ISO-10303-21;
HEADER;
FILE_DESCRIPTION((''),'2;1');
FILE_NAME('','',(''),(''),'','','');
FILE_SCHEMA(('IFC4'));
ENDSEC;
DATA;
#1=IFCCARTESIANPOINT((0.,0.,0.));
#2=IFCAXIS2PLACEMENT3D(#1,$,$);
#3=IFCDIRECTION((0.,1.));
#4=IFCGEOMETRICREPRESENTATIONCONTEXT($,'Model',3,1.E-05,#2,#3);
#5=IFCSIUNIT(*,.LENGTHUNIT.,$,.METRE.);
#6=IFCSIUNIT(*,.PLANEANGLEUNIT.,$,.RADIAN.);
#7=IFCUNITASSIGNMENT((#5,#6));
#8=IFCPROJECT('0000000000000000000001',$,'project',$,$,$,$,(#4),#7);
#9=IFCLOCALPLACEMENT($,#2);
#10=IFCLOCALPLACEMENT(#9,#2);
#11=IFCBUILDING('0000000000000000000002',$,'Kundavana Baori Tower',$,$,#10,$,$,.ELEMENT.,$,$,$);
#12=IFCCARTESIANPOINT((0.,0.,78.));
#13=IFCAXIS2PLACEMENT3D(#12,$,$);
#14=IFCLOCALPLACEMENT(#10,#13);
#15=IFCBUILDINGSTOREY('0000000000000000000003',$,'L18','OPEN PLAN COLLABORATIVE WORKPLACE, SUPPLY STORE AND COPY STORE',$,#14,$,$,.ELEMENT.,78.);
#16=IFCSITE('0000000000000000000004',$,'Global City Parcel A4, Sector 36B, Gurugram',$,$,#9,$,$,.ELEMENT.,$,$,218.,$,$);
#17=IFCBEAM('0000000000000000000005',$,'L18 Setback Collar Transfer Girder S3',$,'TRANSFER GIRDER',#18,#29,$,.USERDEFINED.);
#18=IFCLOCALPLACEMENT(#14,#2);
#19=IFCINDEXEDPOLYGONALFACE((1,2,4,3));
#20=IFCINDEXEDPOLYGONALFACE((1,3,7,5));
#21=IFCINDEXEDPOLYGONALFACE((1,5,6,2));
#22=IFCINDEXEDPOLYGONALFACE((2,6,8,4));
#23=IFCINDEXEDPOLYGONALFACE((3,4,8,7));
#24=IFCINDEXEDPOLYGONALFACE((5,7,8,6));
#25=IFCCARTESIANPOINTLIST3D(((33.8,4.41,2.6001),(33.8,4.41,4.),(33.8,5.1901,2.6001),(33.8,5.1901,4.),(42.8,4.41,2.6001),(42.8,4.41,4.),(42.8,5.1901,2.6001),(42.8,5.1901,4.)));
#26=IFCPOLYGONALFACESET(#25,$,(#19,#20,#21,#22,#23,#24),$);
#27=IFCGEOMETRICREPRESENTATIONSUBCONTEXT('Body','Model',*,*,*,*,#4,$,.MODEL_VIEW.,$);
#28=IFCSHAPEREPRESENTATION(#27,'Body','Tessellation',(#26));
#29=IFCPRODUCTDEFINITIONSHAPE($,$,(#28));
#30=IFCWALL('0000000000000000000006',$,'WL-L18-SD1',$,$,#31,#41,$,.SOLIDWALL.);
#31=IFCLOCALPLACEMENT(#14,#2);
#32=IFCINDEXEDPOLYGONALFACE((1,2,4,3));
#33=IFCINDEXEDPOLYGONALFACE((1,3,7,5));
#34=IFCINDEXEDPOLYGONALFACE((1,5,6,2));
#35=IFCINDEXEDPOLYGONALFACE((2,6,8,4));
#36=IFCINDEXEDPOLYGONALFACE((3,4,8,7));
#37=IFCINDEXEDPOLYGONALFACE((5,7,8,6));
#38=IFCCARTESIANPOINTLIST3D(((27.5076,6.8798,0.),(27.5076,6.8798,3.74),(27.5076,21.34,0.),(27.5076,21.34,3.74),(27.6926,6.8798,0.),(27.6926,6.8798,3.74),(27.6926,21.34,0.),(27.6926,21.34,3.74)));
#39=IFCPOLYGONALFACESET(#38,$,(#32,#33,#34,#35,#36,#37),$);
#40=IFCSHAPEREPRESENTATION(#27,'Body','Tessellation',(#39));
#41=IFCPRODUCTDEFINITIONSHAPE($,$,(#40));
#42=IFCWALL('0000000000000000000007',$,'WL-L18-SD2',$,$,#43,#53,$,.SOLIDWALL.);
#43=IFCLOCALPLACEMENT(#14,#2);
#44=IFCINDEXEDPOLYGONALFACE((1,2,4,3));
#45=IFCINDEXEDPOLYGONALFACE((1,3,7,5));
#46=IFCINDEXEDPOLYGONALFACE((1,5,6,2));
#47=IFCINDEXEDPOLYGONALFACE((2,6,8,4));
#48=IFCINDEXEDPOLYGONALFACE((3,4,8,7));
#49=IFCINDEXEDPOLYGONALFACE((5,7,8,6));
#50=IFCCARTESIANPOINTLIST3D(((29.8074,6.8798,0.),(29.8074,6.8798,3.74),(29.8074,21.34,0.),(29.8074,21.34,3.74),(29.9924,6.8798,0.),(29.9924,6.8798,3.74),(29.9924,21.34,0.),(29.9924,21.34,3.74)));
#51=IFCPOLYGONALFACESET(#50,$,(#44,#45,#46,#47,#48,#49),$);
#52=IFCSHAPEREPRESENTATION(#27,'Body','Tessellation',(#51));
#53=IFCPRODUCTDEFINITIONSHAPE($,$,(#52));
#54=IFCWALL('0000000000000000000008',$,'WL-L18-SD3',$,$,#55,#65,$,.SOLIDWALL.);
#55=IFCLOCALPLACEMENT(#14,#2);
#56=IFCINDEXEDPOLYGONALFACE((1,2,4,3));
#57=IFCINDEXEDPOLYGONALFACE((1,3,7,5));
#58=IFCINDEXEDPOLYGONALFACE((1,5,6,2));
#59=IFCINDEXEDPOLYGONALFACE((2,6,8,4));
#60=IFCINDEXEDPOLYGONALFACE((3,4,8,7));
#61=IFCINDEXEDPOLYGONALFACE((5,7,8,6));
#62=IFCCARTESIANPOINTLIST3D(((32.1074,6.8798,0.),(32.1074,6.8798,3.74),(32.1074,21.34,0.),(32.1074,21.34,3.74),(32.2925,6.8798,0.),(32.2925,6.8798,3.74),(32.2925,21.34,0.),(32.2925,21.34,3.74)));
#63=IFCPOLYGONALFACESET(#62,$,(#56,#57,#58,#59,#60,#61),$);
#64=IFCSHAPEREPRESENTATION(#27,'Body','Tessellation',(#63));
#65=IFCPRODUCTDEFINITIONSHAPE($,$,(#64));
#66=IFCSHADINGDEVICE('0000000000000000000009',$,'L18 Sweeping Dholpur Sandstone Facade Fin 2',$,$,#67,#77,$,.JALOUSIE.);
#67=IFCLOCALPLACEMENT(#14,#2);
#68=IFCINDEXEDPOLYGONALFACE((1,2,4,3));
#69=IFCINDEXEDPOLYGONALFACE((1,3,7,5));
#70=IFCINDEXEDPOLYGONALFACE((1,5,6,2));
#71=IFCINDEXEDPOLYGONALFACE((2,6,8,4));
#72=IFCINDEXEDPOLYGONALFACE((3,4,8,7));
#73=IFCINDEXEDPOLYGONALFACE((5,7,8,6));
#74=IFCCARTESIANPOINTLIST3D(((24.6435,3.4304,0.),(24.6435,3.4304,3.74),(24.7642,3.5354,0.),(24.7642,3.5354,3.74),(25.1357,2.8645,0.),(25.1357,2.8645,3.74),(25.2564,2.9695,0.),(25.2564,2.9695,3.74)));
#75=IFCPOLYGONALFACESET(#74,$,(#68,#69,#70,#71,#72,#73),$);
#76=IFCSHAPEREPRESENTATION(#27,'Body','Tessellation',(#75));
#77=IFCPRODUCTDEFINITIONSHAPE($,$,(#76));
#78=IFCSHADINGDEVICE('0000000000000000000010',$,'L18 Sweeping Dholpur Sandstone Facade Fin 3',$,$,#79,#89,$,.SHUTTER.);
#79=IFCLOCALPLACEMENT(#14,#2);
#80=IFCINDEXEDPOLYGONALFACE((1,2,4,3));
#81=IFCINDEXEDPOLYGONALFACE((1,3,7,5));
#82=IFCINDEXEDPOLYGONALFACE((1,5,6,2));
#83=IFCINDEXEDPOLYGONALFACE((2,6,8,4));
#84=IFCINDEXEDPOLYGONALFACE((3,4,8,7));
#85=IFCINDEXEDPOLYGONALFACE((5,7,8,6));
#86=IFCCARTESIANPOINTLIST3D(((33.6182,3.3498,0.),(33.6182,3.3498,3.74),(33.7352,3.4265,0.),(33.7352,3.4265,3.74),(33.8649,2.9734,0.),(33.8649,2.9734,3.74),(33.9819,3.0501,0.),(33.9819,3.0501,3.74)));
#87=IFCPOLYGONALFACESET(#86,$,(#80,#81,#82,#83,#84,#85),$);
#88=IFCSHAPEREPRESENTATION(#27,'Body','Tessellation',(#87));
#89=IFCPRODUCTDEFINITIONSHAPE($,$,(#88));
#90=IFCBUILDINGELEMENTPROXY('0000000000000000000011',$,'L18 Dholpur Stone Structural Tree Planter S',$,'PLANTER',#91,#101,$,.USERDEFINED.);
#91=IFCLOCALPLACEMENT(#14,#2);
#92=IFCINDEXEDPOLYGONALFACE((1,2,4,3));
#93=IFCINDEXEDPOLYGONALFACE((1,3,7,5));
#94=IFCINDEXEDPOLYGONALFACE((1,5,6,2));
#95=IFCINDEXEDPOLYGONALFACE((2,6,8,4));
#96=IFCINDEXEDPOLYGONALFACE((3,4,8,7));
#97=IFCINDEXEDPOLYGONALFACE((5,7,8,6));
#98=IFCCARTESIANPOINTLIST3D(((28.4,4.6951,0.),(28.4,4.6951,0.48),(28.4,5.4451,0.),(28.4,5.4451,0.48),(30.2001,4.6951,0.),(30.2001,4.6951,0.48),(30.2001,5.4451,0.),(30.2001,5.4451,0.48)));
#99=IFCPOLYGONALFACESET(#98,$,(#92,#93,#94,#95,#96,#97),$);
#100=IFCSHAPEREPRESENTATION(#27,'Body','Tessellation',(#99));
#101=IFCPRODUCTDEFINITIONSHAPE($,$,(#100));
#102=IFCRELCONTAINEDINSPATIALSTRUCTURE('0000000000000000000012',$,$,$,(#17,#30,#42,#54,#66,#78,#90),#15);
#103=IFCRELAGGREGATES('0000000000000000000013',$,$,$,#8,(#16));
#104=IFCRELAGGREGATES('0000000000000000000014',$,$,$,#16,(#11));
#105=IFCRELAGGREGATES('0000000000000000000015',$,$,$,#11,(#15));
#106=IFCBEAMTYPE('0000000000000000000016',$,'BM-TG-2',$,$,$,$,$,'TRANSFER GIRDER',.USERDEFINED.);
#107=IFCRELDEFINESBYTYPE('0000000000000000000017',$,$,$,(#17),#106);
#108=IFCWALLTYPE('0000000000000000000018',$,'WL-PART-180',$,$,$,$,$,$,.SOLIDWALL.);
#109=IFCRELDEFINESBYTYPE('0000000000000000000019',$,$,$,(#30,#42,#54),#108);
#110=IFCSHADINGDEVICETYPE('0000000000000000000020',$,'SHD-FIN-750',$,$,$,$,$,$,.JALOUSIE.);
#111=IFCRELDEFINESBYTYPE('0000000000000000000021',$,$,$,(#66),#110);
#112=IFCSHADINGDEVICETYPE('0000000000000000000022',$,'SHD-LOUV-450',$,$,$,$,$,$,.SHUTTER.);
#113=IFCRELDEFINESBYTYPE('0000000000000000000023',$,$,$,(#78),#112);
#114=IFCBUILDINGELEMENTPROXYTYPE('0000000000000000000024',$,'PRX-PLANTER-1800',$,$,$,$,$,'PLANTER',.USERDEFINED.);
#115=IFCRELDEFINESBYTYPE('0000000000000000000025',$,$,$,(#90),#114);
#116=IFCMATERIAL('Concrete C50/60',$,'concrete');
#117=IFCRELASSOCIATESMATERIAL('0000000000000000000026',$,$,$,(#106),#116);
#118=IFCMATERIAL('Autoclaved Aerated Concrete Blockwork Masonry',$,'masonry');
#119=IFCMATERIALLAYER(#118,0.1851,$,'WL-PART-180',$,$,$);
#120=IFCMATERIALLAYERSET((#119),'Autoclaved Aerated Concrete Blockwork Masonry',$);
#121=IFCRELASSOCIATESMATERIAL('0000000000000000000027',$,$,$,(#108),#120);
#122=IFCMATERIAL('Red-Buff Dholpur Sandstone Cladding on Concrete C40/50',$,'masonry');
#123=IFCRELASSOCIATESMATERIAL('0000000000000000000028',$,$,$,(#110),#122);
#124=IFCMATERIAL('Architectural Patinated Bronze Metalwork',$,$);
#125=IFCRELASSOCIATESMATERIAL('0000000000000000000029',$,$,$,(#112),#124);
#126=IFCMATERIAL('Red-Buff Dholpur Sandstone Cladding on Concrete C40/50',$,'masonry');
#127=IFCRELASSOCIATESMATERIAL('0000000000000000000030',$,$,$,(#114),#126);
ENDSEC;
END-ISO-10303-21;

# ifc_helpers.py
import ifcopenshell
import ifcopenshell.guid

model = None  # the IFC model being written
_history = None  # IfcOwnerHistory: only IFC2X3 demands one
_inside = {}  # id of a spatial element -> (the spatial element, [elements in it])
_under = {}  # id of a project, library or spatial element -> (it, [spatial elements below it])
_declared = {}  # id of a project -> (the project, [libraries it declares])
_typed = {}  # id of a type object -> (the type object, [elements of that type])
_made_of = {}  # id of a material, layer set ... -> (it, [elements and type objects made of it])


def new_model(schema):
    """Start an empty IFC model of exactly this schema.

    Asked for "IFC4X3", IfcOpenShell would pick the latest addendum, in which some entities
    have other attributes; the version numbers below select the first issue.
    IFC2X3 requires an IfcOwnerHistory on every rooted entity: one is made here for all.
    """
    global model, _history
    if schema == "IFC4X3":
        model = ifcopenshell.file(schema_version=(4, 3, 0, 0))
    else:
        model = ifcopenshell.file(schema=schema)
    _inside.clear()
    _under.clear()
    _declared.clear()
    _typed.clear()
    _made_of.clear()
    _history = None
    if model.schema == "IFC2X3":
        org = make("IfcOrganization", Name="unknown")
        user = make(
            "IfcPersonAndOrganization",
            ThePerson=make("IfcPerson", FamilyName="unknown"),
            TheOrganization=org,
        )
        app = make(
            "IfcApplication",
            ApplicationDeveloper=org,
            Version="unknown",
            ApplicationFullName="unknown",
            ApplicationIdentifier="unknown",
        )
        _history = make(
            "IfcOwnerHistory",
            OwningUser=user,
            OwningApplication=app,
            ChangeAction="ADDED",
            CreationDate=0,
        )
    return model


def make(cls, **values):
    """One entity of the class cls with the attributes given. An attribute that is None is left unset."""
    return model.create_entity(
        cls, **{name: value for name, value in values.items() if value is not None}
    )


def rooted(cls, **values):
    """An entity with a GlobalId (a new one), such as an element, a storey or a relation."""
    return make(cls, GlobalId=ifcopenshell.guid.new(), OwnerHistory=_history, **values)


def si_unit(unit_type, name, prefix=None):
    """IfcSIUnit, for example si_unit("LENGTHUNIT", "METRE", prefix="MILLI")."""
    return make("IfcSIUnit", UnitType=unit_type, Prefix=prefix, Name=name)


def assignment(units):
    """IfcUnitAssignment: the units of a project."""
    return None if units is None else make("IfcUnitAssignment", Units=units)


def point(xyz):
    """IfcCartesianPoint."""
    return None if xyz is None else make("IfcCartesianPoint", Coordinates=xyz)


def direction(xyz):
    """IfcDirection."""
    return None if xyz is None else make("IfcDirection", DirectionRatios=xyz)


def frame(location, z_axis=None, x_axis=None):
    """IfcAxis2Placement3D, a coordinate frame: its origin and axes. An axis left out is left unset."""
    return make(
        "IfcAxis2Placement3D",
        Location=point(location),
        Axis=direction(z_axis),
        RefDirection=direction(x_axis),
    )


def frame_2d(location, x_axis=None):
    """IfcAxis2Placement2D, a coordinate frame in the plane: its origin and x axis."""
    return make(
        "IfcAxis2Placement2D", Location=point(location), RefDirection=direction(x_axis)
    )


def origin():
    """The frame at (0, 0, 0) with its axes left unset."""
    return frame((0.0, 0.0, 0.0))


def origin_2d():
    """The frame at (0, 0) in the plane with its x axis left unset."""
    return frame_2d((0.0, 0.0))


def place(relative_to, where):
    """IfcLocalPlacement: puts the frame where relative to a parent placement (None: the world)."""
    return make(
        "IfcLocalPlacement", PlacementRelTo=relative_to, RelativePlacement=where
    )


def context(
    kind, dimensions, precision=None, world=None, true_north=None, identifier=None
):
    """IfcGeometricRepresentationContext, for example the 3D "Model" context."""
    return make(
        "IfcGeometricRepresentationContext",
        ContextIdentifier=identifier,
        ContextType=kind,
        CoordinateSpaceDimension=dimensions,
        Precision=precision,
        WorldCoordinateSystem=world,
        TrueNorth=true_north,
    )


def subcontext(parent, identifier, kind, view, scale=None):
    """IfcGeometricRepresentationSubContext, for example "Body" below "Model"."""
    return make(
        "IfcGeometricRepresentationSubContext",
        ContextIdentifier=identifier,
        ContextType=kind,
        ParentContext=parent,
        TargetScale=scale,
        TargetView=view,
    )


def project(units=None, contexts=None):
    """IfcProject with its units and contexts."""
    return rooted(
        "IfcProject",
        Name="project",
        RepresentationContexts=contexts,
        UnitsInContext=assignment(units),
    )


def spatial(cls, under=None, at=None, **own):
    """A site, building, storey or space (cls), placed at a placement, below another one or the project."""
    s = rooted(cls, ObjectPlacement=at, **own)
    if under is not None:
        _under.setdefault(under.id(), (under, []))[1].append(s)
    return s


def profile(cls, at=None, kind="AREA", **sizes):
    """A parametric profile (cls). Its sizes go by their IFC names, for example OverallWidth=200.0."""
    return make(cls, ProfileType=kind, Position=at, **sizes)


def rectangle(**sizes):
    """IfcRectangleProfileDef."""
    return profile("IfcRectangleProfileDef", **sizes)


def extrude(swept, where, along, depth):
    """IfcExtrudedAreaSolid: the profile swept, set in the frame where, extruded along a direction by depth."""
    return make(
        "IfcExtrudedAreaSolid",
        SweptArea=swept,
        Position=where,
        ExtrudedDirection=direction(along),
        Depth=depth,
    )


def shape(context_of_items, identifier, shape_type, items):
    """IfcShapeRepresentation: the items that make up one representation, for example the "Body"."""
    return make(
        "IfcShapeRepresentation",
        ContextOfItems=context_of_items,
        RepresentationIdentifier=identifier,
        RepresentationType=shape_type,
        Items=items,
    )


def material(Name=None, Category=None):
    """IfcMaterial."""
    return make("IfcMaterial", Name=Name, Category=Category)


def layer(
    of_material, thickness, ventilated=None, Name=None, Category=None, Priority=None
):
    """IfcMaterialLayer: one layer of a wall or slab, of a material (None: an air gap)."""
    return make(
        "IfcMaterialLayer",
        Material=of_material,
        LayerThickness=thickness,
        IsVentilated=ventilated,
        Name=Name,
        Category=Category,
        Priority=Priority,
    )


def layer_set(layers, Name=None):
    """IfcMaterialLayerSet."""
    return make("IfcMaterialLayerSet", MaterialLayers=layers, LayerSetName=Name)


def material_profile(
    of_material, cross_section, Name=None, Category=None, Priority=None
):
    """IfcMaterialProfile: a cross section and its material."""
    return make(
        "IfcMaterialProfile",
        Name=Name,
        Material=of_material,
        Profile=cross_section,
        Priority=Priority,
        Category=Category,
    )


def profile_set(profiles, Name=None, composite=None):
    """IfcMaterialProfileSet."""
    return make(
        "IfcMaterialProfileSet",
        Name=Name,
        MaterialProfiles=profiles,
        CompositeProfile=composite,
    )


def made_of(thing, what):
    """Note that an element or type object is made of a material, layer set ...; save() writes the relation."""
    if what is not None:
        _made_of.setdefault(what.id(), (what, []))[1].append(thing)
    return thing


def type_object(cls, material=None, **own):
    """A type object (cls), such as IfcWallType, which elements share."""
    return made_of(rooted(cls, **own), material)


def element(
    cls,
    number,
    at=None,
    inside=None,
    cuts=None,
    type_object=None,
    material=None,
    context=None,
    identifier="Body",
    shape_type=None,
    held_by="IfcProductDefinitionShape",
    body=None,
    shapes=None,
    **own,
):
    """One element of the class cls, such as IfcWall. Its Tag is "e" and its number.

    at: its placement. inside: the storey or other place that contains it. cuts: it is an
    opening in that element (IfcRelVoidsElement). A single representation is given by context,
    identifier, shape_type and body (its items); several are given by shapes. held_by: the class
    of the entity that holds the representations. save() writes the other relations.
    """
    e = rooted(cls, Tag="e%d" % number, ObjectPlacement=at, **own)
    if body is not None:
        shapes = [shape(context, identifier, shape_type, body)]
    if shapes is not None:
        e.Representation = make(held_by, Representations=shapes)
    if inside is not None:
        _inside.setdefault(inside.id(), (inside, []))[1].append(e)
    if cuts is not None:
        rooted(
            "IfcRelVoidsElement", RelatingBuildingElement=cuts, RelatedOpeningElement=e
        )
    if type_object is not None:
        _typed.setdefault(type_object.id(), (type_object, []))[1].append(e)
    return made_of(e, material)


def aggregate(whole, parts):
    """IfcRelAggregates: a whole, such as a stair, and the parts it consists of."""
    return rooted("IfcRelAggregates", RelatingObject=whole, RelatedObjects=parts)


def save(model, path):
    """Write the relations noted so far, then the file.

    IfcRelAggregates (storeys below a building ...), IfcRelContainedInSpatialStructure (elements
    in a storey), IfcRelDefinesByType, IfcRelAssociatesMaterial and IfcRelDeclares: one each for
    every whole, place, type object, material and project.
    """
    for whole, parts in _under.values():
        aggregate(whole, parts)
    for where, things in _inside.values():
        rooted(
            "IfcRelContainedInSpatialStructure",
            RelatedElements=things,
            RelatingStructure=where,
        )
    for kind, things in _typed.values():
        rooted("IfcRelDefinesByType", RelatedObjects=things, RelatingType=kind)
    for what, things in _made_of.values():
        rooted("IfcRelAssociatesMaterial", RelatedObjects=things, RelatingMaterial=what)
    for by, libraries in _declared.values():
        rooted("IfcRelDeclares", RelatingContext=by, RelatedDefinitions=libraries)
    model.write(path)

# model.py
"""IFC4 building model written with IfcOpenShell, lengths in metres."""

from ifc_helpers import new_model, si_unit, direction, frame, frame_2d, origin, origin_2d, place, context, subcontext, project, spatial, rectangle, extrude, material, layer, layer_set, material_profile, profile_set, type_object, element, save


model = new_model("IFC4")

# Units and contexts
model_context = context("Model", 3, precision=1e-05, world=origin(), true_north=direction((0.0, 1.0)))
body_context = subcontext(model_context, "Body", "Model", "MODEL_VIEW")
ifc_project = project(units=[si_unit("LENGTHUNIT", "METRE"), si_unit("PLANEANGLEUNIT", "RADIAN")], contexts=[model_context])

# Site, building, storey
site_placement = place(None, origin())
site = spatial("IfcSite", under=ifc_project, at=site_placement, Name="Global City Parcel A4, Sector 36B, Gurugram", CompositionType="ELEMENT", RefElevation=218.0)
building_placement = place(site_placement, origin())
building = spatial("IfcBuilding", under=site, at=building_placement, Name="Kundavana Baori Tower", CompositionType="ELEMENT")
storey_placement = place(building_placement, frame((0.0, 0.0, 78.0)))
storey = spatial("IfcBuildingStorey", under=building, at=storey_placement, Name="L18", Description="OPEN PLAN COLLABORATIVE WORKPLACE, SUPPLY STORE AND COPY STORE", CompositionType="ELEMENT", Elevation=78.0)

# Beam
ifc_material_1 = material(Name="Concrete C50/60", Category="concrete")
ifc_material_profile_1 = material_profile(ifc_material_1, rectangle(XDim=0.78, YDim=1.3999, at=origin_2d()), Name="BM-TG-2")
ifc_profile_set_1 = profile_set([ifc_material_profile_1], Name="Concrete C50/60")
beam_type_1 = type_object("IfcBeamType", Name="BM-TG-2", ElementType="TRANSFER GIRDER", PredefinedType="USERDEFINED", material=ifc_profile_set_1)
beam_1_placement = place(storey_placement, frame((33.8, 4.8, 3.3), z_axis=(1.0, 0.0, 0.0), x_axis=(0.0, 1.0, 0.0)))
element("IfcBeam", 1, at=beam_1_placement, inside=storey, type_object=beam_type_1, Name="L18 Setback Collar Transfer Girder S3", ObjectType="TRANSFER GIRDER", PredefinedType="USERDEFINED", context=body_context, shape_type="SweptSolid", body=[
    extrude(rectangle(XDim=0.78, YDim=1.3999, at=origin_2d()), origin(), (0.0, 0.0, 1.0), 9.0),
])

# Walls
ifc_material_2 = material(Name="Autoclaved Aerated Concrete Blockwork Masonry", Category="masonry")
ifc_layer = layer(ifc_material_2, 0.1851, Name="WL-PART-180")
ifc_layer_set = layer_set([ifc_layer], Name="Autoclaved Aerated Concrete Blockwork Masonry")
wall_type = type_object("IfcWallType", Name="WL-PART-180", PredefinedType="SOLIDWALL", material=ifc_layer_set)
for number, where, z_axis, x_axis, name in (
    (2, (27.6001, 6.8799, 0.0), (0.0, 0.0, 1.0), (0.0, 1.0, 0.0), "WL-L18-SD1"),
    (3, (29.8999, 6.8799, 0.0), (0.0, 0.0, 1.0), (0.0, 1.0, 0.0), "WL-L18-SD2"),
    (4, (32.2, 6.8799, 0.0), (0.0, 0.0, 1.0), (0.0, 1.0, 0.0), "WL-L18-SD3"),
):
    element("IfcWall", number, at=place(storey_placement, frame(where, z_axis=z_axis, x_axis=x_axis)), inside=storey, type_object=wall_type, Name=name, PredefinedType="SOLIDWALL", context=body_context, shape_type="SweptSolid", body=[
        extrude(rectangle(XDim=14.4602, YDim=0.1851, at=frame_2d((7.23, 0.0))), origin(), (0.0, 0.0, 1.0), 3.74),
    ])

# Shading devices
ifc_material_3 = material(Name="Red-Buff Dholpur Sandstone Cladding on Concrete C40/50", Category="masonry")
shading_device_type_1 = type_object("IfcShadingDeviceType", Name="SHD-FIN-750", PredefinedType="JALOUSIE", material=ifc_material_3)
shading_device_1_placement = place(storey_placement, frame((24.95, 3.2, 0.0), z_axis=(0.0, 0.0, 1.0), x_axis=(0.754481, 0.656322, 0.0)))
element("IfcShadingDevice", 5, at=shading_device_1_placement, inside=storey, type_object=shading_device_type_1, Name="L18 Sweeping Dholpur Sandstone Facade Fin 2", PredefinedType="JALOUSIE", context=body_context, shape_type="SweptSolid", body=[
    extrude(rectangle(XDim=0.1599, YDim=0.75, at=origin_2d()), origin(), (0.0, 0.0, 1.0), 3.74),
])
ifc_material_4 = material(Name="Architectural Patinated Bronze Metalwork")
shading_device_type_2 = type_object("IfcShadingDeviceType", Name="SHD-LOUV-450", PredefinedType="SHUTTER", material=ifc_material_4)
shading_device_2_placement = place(storey_placement, frame((33.8, 3.2, 0.0), z_axis=(0.0, 0.0, 1.0), x_axis=(0.836382, 0.548147, 0.0)))
element("IfcShadingDevice", 6, at=shading_device_2_placement, inside=storey, type_object=shading_device_type_2, Name="L18 Sweeping Dholpur Sandstone Facade Fin 3", PredefinedType="SHUTTER", context=body_context, shape_type="SweptSolid", body=[
    extrude(rectangle(XDim=0.1399, YDim=0.45, at=origin_2d()), origin(), (0.0, 0.0, 1.0), 3.74),
])

# Building element proxy
ifc_material_5 = material(Name="Red-Buff Dholpur Sandstone Cladding on Concrete C40/50", Category="masonry")
building_element_proxy_type = type_object("IfcBuildingElementProxyType", Name="PRX-PLANTER-1800", ElementType="PLANTER", PredefinedType="USERDEFINED", material=ifc_material_5)
proxy_placement = place(storey_placement, frame((29.3, 5.0701, 0.0), z_axis=(0.0, 0.0, 1.0), x_axis=(1.0, 0.0, 0.0)))
element("IfcBuildingElementProxy", 7, at=proxy_placement, inside=storey, type_object=building_element_proxy_type, Name="L18 Dholpur Stone Structural Tree Planter S", ObjectType="PLANTER", PredefinedType="USERDEFINED", context=body_context, shape_type="SweptSolid", body=[
    extrude(rectangle(XDim=1.8, YDim=0.75, at=origin_2d()), origin(), (0.0, 0.0, 1.0), 0.48),
])

save(model, "model.ifc")
